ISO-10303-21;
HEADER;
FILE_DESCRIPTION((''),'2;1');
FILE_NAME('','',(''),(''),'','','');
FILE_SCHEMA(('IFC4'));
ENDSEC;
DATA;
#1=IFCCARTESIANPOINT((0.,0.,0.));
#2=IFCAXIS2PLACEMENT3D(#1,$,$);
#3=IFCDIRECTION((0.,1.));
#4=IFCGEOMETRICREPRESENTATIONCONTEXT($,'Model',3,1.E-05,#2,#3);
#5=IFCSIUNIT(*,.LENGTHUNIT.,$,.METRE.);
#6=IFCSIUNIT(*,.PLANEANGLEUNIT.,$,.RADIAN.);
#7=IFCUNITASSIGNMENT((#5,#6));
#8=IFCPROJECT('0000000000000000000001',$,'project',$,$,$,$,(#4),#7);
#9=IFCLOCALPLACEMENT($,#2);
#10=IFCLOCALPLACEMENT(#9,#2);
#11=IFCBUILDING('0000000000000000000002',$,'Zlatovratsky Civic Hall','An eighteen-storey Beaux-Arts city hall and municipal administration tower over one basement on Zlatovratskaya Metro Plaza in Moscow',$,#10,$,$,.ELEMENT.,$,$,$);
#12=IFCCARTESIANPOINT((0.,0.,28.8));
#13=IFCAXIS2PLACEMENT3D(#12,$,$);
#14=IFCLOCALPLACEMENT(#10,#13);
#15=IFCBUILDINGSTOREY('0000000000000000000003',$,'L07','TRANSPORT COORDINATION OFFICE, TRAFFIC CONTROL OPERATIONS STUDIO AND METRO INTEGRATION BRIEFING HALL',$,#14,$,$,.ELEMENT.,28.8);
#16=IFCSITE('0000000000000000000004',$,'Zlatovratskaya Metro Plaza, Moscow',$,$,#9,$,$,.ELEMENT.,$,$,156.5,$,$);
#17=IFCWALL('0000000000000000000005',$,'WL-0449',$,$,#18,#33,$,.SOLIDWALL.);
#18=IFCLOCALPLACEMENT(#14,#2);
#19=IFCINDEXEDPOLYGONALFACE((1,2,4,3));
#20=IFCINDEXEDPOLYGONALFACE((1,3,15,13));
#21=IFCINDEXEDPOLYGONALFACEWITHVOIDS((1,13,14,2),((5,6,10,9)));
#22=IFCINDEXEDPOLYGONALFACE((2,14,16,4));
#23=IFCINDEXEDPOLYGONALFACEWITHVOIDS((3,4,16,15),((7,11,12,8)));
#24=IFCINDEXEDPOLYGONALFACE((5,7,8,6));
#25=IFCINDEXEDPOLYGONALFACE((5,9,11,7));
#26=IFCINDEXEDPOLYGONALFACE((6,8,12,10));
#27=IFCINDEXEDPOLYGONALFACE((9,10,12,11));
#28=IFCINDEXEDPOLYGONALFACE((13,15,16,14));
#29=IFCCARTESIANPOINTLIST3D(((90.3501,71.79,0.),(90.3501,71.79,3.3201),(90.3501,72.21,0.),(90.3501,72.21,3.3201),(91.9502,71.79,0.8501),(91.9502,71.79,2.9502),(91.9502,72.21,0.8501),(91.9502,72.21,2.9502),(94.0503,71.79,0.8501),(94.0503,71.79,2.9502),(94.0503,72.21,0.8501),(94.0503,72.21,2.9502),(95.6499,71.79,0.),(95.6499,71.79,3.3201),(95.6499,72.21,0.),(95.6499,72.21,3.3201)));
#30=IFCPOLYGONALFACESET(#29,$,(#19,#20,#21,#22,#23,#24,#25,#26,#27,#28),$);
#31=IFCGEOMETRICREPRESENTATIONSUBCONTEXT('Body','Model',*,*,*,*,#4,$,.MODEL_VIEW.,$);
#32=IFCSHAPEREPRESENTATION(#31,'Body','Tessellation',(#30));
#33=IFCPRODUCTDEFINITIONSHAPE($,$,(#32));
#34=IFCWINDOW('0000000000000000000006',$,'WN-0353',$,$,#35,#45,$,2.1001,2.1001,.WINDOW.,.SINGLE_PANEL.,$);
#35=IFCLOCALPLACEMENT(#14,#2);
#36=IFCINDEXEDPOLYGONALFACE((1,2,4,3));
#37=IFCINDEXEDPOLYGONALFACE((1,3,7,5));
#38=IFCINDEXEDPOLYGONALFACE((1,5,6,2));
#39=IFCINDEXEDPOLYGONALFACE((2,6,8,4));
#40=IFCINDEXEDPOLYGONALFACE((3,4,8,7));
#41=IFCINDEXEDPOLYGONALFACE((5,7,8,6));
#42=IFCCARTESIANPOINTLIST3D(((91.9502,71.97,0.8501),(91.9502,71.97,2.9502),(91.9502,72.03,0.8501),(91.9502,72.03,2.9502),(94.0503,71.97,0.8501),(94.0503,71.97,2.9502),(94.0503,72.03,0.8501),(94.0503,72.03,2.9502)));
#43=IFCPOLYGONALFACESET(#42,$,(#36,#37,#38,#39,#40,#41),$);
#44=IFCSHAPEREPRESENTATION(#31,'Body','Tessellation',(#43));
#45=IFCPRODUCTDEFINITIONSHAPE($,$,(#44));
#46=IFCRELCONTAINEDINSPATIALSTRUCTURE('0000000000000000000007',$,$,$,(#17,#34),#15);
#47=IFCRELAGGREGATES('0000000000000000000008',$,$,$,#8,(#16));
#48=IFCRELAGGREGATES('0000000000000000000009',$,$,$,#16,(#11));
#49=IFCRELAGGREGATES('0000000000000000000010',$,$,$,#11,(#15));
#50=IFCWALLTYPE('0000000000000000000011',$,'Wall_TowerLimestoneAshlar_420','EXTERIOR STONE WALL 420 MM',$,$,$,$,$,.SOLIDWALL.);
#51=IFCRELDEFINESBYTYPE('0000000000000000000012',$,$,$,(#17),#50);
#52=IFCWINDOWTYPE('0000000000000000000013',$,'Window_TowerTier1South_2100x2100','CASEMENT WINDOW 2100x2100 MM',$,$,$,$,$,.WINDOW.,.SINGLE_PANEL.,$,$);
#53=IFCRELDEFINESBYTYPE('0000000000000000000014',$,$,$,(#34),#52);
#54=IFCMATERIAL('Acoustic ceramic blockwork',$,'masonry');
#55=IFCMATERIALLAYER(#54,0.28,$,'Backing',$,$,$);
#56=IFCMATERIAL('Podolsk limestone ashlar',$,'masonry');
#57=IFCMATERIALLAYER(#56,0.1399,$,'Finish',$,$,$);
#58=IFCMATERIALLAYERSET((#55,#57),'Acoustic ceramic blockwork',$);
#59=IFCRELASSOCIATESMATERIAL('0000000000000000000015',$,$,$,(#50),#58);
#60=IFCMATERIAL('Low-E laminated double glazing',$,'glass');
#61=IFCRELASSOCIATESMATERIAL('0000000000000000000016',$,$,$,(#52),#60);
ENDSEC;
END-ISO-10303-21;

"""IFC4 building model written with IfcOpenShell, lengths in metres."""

from ifc_helpers import new_model, si_unit, direction, frame, frame_2d, origin, place, context, subcontext, project, spatial, rectangle, extrude, material, layer, layer_set, type_object, element, fill, save


model = new_model("IFC4")

# Units and contexts
model_context = context("Model", 3, precision=1e-05, world=origin(), true_north=direction((0.0, 1.0)))
body_context = subcontext(model_context, "Body", "Model", "MODEL_VIEW")
ifc_project = project(units=[si_unit("LENGTHUNIT", "METRE"), si_unit("PLANEANGLEUNIT", "RADIAN")], contexts=[model_context])

# Site, building, storey
site_placement = place(None, origin())
site = spatial("IfcSite", under=ifc_project, at=site_placement, Name="Zlatovratskaya Metro Plaza, Moscow", CompositionType="ELEMENT", RefElevation=156.5)
building_placement = place(site_placement, origin())
building = spatial("IfcBuilding", under=site, at=building_placement, Name="Zlatovratsky Civic Hall", Description="An eighteen-storey Beaux-Arts city hall and municipal administration tower over one basement on Zlatovratskaya Metro Plaza in Moscow", CompositionType="ELEMENT")
storey_placement = place(building_placement, frame((0.0, 0.0, 28.8)))
storey = spatial("IfcBuildingStorey", under=building, at=storey_placement, Name="L07", Description="TRANSPORT COORDINATION OFFICE, TRAFFIC CONTROL OPERATIONS STUDIO AND METRO INTEGRATION BRIEFING HALL", CompositionType="ELEMENT", Elevation=28.8)

# Wall, opening, window
ifc_material_1 = material(Name="Acoustic ceramic blockwork", Category="masonry")
ifc_layer_1 = layer(ifc_material_1, 0.28, Name="Backing")
ifc_material_2 = material(Name="Podolsk limestone ashlar", Category="masonry")
ifc_layer_2 = layer(ifc_material_2, 0.1399, Name="Finish")
ifc_layer_set_1 = layer_set([ifc_layer_1, ifc_layer_2], Name="Acoustic ceramic blockwork")
wall_type_1 = type_object("IfcWallType", Name="Wall_TowerLimestoneAshlar_420", Description="EXTERIOR STONE WALL 420 MM", PredefinedType="SOLIDWALL", material=ifc_layer_set_1)
wall_placement = place(storey_placement, frame((90.3501, 72.0, 0.0), z_axis=(0.0, 0.0, 1.0), x_axis=(1.0, 0.0, 0.0)))
wall = element("IfcWall", 1, at=wall_placement, inside=storey, type_object=wall_type_1, Name="WL-0449", PredefinedType="SOLIDWALL", context=body_context, shape_type="SweptSolid", body=[
    extrude(rectangle(XDim=5.2998, YDim=0.4199, at=frame_2d((2.6499, 0.0))), origin(), (0.0, 0.0, 1.0), 3.3201),
])
opening_placement = place(wall_placement, frame((1.6001, 0.0, 0.8501)))
opening = element("IfcOpeningElement", 2, at=opening_placement, cuts=wall, PredefinedType="OPENING", context=body_context, shape_type="SweptSolid", body=[
    extrude(rectangle(XDim=2.1001, YDim=2.1001, at=frame_2d((1.05, 1.05))), frame((0.0, 0.2249, 0.0), z_axis=(0.0, -1.0, 0.0), x_axis=(1.0, 0.0, 0.0)), (0.0, 0.0, 1.0), 0.4497),
])
ifc_material_3 = material(Name="Low-E laminated double glazing", Category="glass")
window_type = type_object("IfcWindowType", Name="Window_TowerTier1South_2100x2100", Description="CASEMENT WINDOW 2100x2100 MM", PartitioningType="SINGLE_PANEL", PredefinedType="WINDOW", material=ifc_material_3)
window_placement = place(opening_placement, origin())
window = element("IfcWindow", 3, at=window_placement, inside=storey, type_object=window_type, Name="WN-0353", OverallHeight=2.1001, OverallWidth=2.1001, PartitioningType="SINGLE_PANEL", PredefinedType="WINDOW", context=body_context, shape_type="SweptSolid", body=[
    extrude(rectangle(XDim=2.1001, YDim=2.1001, at=frame_2d((1.05, 1.05))), frame((0.0, 0.03, 0.0), z_axis=(0.0, -1.0, 0.0), x_axis=(1.0, 0.0, 0.0)), (0.0, 0.0, 1.0), 0.0601),
])
fill(opening, window)

save(model, "model.ifc")
